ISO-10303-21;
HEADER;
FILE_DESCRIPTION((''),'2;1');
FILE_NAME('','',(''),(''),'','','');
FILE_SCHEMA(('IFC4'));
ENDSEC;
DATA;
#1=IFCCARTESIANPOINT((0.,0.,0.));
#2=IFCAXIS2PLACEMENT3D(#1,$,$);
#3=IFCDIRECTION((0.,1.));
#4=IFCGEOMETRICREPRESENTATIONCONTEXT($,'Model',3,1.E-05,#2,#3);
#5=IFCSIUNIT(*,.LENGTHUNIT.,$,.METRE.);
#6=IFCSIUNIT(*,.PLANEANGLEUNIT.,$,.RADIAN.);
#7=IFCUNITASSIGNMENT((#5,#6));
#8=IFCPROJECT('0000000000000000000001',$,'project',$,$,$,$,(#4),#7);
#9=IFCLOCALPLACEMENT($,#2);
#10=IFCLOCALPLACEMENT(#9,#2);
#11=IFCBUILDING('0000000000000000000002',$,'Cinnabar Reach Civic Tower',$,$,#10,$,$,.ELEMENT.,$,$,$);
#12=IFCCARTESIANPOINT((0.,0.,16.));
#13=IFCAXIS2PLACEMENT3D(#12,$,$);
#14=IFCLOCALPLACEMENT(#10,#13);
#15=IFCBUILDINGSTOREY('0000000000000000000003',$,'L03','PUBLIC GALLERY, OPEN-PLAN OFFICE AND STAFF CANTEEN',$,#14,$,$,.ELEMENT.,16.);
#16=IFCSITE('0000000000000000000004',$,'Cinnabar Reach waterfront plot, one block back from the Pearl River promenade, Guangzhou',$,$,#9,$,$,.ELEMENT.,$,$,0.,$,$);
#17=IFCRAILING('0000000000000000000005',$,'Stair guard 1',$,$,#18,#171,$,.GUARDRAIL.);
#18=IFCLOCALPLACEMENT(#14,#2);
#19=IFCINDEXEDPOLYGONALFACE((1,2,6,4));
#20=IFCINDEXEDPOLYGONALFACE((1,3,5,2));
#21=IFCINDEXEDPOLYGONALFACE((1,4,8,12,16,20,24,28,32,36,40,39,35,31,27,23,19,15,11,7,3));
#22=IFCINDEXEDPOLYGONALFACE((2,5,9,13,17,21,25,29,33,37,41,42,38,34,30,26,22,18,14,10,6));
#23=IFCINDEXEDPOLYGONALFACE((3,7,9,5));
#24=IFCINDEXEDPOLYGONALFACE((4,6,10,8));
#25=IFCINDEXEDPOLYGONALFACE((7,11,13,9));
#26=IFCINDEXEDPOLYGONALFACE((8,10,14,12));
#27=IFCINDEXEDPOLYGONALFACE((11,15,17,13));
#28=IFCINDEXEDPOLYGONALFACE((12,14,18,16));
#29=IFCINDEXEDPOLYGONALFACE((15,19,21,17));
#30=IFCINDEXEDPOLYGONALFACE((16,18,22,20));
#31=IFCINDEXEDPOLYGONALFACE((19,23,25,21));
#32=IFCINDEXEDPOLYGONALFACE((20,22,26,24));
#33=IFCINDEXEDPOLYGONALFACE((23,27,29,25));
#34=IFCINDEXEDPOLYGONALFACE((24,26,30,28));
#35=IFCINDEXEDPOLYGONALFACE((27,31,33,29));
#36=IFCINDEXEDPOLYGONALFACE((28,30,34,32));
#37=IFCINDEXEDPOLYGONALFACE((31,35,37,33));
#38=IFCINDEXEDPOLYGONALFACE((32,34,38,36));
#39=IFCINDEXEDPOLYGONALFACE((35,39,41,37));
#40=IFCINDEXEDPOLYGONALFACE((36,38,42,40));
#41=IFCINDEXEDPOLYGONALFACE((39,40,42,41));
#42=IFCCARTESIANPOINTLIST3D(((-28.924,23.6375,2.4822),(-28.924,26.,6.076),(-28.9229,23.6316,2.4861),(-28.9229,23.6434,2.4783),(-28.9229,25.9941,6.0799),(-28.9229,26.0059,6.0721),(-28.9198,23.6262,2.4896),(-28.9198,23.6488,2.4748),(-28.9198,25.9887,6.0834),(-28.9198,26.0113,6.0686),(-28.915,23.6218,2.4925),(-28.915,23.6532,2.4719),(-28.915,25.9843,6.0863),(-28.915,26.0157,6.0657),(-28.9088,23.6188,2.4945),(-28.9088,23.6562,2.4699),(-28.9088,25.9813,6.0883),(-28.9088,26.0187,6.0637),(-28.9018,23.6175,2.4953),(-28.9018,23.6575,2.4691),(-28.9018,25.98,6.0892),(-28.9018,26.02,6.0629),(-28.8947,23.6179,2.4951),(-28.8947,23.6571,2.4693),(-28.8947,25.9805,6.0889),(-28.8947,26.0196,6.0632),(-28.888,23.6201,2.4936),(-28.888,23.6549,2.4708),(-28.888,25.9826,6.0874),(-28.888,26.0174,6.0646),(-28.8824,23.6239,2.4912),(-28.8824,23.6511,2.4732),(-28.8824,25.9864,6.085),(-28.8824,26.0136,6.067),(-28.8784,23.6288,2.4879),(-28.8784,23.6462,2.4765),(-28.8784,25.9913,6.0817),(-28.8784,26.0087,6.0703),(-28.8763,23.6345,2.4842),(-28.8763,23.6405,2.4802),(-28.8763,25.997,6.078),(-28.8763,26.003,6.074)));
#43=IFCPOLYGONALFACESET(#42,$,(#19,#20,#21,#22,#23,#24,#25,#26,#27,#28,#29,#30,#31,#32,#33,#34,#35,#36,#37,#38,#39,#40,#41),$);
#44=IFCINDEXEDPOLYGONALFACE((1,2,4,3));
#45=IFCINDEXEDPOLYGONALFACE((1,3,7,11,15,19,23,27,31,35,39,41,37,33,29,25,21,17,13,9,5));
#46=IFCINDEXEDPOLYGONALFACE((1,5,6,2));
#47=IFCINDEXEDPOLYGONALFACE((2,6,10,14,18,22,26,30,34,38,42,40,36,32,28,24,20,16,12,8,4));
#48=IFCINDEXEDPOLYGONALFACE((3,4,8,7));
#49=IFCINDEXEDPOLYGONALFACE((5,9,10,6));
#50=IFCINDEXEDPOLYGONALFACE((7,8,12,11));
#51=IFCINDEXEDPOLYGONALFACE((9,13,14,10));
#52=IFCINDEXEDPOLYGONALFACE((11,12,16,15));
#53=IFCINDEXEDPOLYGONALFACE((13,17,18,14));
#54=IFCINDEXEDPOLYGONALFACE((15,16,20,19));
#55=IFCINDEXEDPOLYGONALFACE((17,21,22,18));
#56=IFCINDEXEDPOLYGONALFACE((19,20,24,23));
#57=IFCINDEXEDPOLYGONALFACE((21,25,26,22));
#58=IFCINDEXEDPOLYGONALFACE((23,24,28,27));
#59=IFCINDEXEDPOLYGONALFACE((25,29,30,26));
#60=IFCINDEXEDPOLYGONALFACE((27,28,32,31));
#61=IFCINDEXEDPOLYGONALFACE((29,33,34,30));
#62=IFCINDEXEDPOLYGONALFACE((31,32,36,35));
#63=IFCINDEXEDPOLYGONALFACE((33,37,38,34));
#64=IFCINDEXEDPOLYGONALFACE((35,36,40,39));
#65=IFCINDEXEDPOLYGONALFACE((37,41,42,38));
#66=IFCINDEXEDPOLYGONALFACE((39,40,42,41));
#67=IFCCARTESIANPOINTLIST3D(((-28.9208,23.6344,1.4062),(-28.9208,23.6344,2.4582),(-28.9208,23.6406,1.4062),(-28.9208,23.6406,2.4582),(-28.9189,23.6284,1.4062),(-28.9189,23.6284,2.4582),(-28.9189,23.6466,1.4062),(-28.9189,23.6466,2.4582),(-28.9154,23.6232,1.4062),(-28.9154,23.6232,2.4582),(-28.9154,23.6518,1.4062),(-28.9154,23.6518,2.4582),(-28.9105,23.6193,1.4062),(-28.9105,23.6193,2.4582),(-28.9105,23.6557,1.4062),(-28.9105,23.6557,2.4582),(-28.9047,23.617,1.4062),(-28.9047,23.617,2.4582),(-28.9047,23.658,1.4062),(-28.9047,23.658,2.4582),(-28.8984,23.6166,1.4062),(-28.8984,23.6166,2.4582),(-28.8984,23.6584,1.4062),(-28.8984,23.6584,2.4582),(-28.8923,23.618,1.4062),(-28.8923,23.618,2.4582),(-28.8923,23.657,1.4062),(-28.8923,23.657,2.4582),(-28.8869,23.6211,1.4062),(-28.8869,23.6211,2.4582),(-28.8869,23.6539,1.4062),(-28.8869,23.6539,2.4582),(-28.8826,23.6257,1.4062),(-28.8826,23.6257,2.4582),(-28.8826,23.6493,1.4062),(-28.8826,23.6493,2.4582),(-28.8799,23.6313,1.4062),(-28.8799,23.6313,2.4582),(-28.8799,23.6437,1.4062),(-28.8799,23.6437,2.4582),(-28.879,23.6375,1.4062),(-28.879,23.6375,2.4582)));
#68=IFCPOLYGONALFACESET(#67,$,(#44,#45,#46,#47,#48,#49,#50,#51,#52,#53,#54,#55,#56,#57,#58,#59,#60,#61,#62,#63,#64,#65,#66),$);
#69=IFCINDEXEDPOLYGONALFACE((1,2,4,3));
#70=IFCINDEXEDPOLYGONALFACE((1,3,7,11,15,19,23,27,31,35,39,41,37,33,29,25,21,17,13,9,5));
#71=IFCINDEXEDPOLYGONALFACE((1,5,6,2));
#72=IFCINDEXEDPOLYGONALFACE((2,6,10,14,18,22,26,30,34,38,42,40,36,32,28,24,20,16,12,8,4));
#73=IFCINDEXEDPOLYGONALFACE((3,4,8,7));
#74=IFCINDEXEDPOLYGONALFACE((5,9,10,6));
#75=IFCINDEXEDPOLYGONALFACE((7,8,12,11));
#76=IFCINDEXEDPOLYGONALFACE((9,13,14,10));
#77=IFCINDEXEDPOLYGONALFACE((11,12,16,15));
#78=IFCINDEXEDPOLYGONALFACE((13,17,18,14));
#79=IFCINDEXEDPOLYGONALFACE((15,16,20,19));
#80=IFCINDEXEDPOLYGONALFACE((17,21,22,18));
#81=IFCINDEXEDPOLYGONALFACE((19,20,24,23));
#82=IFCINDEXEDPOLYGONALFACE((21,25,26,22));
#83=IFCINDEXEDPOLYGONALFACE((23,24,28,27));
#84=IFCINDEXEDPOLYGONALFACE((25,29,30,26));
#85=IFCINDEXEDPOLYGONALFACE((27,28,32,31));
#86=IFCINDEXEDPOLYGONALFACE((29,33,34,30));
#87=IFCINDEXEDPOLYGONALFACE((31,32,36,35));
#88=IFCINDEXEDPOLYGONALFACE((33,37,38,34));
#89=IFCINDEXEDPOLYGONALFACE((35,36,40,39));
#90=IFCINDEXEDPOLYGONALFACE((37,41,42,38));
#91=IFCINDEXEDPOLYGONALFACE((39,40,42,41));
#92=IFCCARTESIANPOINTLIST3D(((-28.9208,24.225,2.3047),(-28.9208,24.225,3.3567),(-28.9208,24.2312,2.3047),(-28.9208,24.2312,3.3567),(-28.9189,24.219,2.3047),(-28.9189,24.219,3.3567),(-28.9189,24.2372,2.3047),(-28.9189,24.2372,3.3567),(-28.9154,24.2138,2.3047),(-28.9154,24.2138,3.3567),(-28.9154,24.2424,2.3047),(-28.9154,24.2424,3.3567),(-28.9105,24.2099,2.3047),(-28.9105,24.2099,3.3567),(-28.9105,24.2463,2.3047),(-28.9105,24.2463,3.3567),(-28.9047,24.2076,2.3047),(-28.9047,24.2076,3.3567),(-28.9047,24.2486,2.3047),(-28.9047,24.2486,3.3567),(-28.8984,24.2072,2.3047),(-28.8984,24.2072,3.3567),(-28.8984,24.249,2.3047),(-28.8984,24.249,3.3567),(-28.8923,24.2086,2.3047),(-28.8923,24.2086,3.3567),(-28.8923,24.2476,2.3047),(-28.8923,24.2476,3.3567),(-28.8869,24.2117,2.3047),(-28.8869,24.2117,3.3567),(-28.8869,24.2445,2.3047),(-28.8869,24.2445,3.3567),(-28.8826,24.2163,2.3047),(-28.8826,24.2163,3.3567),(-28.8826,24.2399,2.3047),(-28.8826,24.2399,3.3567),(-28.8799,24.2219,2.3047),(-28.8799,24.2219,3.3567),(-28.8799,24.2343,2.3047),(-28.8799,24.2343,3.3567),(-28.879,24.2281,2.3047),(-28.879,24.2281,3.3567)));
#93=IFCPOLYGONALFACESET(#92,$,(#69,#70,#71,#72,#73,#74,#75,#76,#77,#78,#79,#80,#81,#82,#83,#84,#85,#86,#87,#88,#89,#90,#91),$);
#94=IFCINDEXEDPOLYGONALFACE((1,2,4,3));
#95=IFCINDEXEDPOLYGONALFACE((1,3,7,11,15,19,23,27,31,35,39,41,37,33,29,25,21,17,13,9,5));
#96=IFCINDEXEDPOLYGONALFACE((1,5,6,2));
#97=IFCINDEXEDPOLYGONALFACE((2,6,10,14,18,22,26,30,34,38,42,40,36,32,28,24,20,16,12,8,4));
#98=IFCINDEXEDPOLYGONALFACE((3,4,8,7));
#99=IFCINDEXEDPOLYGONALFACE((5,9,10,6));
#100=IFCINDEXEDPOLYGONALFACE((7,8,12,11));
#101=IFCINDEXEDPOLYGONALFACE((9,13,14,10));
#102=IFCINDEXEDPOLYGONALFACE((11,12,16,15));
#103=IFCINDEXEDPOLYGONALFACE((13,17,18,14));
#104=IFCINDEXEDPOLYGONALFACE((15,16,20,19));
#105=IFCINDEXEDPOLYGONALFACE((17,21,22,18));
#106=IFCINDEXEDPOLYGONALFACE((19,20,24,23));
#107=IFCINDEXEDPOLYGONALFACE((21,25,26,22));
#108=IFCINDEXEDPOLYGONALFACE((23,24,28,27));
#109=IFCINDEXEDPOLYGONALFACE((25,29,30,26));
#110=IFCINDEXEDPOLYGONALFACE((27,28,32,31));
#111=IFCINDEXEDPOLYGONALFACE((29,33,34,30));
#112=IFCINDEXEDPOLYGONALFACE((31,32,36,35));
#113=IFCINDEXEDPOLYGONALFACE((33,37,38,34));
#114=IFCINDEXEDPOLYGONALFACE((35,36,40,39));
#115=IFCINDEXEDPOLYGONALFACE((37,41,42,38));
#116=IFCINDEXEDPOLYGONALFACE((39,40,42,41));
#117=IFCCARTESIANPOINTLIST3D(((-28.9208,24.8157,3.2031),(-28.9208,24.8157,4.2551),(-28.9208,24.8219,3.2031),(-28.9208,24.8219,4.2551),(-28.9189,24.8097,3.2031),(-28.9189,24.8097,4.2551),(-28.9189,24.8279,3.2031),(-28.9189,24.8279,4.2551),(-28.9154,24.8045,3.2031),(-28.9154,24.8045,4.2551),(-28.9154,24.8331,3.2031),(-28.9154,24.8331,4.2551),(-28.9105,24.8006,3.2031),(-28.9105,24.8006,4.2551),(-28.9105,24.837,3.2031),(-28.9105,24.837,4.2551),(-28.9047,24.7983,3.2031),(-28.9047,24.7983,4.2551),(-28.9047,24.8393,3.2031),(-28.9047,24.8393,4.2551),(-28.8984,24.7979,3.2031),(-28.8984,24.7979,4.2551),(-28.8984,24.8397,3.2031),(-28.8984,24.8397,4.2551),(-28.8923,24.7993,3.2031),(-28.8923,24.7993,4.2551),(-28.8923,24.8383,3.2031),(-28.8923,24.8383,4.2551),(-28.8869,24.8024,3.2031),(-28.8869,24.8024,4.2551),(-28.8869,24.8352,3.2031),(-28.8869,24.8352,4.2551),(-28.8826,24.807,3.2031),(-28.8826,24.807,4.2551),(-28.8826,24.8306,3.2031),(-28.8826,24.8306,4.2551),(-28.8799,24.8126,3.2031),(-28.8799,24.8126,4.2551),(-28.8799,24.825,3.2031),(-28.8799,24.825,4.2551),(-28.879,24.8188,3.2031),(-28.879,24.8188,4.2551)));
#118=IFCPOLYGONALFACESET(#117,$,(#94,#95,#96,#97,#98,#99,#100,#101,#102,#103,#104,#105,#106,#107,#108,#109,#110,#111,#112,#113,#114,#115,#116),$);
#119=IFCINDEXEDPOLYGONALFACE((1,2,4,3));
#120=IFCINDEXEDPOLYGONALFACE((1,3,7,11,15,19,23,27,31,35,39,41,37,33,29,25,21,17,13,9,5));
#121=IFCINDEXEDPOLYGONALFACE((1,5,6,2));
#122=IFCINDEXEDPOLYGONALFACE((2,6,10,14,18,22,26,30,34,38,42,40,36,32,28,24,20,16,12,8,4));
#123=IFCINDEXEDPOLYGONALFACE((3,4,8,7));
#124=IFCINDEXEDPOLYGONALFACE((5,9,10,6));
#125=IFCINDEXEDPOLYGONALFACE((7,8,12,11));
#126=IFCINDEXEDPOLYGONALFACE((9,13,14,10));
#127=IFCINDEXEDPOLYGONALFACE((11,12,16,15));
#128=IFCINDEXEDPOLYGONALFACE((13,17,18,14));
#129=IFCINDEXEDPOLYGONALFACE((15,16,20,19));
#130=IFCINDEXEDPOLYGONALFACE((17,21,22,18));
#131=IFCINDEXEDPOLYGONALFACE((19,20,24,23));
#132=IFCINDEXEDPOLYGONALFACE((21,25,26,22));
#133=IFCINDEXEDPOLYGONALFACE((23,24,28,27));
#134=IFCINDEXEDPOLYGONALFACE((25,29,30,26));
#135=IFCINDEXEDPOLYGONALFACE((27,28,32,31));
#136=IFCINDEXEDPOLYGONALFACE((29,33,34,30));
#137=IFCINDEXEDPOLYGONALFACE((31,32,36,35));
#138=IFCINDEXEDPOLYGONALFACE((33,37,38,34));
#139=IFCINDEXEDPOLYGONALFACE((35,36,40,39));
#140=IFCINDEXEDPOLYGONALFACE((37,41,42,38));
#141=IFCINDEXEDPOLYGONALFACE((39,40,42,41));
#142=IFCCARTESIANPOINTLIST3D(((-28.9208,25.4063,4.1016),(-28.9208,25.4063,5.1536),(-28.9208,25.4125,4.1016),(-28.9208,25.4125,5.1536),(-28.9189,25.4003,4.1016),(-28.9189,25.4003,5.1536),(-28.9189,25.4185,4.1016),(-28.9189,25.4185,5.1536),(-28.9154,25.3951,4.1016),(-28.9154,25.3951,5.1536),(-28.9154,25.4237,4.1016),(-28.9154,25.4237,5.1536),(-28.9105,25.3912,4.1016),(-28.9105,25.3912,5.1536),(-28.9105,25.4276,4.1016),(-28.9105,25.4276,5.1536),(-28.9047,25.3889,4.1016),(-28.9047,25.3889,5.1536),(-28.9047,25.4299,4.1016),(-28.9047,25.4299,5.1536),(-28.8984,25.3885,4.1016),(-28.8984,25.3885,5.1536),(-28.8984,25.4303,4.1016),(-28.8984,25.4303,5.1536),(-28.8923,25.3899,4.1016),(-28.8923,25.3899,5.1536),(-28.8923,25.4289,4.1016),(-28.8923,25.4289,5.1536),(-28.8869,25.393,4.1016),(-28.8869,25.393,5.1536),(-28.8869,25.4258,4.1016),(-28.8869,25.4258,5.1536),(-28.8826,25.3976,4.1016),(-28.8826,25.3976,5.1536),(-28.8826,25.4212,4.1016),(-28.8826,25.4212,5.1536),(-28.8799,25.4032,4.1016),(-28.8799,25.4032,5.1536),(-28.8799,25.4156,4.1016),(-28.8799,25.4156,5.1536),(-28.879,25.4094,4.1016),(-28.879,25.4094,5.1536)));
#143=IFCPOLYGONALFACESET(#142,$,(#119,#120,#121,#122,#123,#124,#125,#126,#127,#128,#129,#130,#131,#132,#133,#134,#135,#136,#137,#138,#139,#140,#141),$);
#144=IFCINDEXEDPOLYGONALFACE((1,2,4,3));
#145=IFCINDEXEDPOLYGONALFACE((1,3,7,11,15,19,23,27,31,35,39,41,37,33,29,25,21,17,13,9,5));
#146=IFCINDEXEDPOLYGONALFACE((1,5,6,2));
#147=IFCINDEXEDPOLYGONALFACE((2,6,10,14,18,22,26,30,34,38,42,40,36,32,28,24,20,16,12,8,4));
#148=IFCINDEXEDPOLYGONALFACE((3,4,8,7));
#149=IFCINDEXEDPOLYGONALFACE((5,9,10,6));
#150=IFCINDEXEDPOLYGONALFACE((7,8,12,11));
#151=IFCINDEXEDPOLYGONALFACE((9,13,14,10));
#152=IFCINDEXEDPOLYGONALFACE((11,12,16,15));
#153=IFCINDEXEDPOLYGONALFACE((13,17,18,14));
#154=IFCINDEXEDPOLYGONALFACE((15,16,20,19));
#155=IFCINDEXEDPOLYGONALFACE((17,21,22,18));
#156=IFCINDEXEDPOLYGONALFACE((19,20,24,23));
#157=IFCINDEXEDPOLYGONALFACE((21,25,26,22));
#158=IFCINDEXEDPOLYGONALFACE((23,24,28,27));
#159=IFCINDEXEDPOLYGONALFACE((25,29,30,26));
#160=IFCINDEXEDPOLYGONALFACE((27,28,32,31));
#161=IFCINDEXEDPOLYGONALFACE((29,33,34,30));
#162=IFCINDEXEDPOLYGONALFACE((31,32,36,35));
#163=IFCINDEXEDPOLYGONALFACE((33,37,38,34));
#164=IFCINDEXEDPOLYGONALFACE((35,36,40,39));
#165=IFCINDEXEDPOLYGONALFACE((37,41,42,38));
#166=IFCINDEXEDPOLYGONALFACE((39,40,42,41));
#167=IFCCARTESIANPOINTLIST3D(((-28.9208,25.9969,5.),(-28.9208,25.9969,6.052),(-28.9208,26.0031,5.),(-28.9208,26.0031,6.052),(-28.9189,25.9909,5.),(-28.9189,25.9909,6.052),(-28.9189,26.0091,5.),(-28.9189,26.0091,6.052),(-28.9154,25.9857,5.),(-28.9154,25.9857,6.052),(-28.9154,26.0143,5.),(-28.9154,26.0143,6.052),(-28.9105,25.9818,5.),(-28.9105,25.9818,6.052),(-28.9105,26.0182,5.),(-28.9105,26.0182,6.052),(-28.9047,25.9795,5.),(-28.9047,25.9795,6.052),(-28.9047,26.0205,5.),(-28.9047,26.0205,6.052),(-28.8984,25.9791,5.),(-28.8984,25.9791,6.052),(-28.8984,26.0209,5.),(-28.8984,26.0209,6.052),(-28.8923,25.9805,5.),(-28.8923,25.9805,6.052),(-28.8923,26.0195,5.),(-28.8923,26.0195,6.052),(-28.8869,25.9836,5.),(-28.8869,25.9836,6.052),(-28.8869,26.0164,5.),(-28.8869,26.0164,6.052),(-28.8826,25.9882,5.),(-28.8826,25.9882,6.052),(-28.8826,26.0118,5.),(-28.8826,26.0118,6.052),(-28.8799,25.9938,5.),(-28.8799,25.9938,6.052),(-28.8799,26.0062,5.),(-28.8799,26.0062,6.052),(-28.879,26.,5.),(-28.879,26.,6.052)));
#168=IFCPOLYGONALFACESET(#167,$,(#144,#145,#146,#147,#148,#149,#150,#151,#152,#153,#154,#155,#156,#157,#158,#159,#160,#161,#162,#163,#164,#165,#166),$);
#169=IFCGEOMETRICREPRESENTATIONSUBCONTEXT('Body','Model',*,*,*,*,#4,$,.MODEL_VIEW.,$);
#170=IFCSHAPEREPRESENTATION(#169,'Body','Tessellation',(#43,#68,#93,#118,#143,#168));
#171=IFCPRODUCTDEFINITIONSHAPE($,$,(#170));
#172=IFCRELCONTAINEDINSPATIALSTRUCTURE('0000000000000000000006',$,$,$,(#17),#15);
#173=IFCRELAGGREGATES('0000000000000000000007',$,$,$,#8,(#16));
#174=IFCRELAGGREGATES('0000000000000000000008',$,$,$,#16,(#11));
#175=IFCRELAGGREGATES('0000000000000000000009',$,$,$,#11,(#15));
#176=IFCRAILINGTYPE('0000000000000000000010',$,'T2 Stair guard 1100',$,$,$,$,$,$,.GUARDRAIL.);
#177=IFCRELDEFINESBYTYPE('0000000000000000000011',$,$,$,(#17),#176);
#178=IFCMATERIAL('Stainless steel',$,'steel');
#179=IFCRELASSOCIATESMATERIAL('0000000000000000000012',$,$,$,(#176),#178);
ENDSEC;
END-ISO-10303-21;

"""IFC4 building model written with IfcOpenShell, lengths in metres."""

from ifc_helpers import new_model, si_unit, direction, frame, origin, origin_2d, place, context, subcontext, project, spatial, circle, extrude, material, type_object, element, save


model = new_model("IFC4")

# Units and contexts
model_context = context("Model", 3, precision=1e-05, world=origin(), true_north=direction((0.0, 1.0)))
body_context = subcontext(model_context, "Body", "Model", "MODEL_VIEW")
ifc_project = project(units=[si_unit("LENGTHUNIT", "METRE"), si_unit("PLANEANGLEUNIT", "RADIAN")], contexts=[model_context])

# Site, building, storey
site_placement = place(None, origin())
site = spatial("IfcSite", under=ifc_project, at=site_placement, Name="Cinnabar Reach waterfront plot, one block back from the Pearl River promenade, Guangzhou", CompositionType="ELEMENT", RefElevation=0.0)
building_placement = place(site_placement, origin())
building = spatial("IfcBuilding", under=site, at=building_placement, Name="Cinnabar Reach Civic Tower", CompositionType="ELEMENT")
storey_placement = place(building_placement, frame((0.0, 0.0, 16.0)))
storey = spatial("IfcBuildingStorey", under=building, at=storey_placement, Name="L03", Description="PUBLIC GALLERY, OPEN-PLAN OFFICE AND STAFF CANTEEN", CompositionType="ELEMENT", Elevation=16.0)

# Railing
ifc_material_1 = material(Name="Stainless steel", Category="steel")
railing_type = type_object("IfcRailingType", Name="T2 Stair guard 1100", PredefinedType="GUARDRAIL", material=ifc_material_1)
railing_1_placement = place(storey_placement, frame((-28.9, 23.6375, 1.4062)))
element("IfcRailing", 1, at=railing_1_placement, inside=storey, type_object=railing_type, Name="Stair guard 1", PredefinedType="GUARDRAIL", context=body_context, shape_type="SweptSolid", body=[
    extrude(circle(Radius=0.024, at=origin_2d()), frame((0.0, 0.0, 1.076), z_axis=(0.0, 0.549318, 0.835614), x_axis=(-1.0, 0.0, 0.0)), (0.0, 0.0, 1.0), 4.3008),
    extrude(circle(Radius=0.021, at=origin_2d()), origin(), (0.0, 0.0, 1.0), 1.052),
    extrude(circle(Radius=0.021, at=origin_2d()), frame((0.0, 0.5906, 0.8985)), (0.0, 0.0, 1.0), 1.052),
    extrude(circle(Radius=0.021, at=origin_2d()), frame((0.0, 1.1813, 1.7969)), (0.0, 0.0, 1.0), 1.052),
    extrude(circle(Radius=0.021, at=origin_2d()), frame((0.0, 1.7719, 2.6954)), (0.0, 0.0, 1.0), 1.052),
    extrude(circle(Radius=0.021, at=origin_2d()), frame((0.0, 2.3625, 3.5938)), (0.0, 0.0, 1.0), 1.052),
])

save(model, "model.ifc")
